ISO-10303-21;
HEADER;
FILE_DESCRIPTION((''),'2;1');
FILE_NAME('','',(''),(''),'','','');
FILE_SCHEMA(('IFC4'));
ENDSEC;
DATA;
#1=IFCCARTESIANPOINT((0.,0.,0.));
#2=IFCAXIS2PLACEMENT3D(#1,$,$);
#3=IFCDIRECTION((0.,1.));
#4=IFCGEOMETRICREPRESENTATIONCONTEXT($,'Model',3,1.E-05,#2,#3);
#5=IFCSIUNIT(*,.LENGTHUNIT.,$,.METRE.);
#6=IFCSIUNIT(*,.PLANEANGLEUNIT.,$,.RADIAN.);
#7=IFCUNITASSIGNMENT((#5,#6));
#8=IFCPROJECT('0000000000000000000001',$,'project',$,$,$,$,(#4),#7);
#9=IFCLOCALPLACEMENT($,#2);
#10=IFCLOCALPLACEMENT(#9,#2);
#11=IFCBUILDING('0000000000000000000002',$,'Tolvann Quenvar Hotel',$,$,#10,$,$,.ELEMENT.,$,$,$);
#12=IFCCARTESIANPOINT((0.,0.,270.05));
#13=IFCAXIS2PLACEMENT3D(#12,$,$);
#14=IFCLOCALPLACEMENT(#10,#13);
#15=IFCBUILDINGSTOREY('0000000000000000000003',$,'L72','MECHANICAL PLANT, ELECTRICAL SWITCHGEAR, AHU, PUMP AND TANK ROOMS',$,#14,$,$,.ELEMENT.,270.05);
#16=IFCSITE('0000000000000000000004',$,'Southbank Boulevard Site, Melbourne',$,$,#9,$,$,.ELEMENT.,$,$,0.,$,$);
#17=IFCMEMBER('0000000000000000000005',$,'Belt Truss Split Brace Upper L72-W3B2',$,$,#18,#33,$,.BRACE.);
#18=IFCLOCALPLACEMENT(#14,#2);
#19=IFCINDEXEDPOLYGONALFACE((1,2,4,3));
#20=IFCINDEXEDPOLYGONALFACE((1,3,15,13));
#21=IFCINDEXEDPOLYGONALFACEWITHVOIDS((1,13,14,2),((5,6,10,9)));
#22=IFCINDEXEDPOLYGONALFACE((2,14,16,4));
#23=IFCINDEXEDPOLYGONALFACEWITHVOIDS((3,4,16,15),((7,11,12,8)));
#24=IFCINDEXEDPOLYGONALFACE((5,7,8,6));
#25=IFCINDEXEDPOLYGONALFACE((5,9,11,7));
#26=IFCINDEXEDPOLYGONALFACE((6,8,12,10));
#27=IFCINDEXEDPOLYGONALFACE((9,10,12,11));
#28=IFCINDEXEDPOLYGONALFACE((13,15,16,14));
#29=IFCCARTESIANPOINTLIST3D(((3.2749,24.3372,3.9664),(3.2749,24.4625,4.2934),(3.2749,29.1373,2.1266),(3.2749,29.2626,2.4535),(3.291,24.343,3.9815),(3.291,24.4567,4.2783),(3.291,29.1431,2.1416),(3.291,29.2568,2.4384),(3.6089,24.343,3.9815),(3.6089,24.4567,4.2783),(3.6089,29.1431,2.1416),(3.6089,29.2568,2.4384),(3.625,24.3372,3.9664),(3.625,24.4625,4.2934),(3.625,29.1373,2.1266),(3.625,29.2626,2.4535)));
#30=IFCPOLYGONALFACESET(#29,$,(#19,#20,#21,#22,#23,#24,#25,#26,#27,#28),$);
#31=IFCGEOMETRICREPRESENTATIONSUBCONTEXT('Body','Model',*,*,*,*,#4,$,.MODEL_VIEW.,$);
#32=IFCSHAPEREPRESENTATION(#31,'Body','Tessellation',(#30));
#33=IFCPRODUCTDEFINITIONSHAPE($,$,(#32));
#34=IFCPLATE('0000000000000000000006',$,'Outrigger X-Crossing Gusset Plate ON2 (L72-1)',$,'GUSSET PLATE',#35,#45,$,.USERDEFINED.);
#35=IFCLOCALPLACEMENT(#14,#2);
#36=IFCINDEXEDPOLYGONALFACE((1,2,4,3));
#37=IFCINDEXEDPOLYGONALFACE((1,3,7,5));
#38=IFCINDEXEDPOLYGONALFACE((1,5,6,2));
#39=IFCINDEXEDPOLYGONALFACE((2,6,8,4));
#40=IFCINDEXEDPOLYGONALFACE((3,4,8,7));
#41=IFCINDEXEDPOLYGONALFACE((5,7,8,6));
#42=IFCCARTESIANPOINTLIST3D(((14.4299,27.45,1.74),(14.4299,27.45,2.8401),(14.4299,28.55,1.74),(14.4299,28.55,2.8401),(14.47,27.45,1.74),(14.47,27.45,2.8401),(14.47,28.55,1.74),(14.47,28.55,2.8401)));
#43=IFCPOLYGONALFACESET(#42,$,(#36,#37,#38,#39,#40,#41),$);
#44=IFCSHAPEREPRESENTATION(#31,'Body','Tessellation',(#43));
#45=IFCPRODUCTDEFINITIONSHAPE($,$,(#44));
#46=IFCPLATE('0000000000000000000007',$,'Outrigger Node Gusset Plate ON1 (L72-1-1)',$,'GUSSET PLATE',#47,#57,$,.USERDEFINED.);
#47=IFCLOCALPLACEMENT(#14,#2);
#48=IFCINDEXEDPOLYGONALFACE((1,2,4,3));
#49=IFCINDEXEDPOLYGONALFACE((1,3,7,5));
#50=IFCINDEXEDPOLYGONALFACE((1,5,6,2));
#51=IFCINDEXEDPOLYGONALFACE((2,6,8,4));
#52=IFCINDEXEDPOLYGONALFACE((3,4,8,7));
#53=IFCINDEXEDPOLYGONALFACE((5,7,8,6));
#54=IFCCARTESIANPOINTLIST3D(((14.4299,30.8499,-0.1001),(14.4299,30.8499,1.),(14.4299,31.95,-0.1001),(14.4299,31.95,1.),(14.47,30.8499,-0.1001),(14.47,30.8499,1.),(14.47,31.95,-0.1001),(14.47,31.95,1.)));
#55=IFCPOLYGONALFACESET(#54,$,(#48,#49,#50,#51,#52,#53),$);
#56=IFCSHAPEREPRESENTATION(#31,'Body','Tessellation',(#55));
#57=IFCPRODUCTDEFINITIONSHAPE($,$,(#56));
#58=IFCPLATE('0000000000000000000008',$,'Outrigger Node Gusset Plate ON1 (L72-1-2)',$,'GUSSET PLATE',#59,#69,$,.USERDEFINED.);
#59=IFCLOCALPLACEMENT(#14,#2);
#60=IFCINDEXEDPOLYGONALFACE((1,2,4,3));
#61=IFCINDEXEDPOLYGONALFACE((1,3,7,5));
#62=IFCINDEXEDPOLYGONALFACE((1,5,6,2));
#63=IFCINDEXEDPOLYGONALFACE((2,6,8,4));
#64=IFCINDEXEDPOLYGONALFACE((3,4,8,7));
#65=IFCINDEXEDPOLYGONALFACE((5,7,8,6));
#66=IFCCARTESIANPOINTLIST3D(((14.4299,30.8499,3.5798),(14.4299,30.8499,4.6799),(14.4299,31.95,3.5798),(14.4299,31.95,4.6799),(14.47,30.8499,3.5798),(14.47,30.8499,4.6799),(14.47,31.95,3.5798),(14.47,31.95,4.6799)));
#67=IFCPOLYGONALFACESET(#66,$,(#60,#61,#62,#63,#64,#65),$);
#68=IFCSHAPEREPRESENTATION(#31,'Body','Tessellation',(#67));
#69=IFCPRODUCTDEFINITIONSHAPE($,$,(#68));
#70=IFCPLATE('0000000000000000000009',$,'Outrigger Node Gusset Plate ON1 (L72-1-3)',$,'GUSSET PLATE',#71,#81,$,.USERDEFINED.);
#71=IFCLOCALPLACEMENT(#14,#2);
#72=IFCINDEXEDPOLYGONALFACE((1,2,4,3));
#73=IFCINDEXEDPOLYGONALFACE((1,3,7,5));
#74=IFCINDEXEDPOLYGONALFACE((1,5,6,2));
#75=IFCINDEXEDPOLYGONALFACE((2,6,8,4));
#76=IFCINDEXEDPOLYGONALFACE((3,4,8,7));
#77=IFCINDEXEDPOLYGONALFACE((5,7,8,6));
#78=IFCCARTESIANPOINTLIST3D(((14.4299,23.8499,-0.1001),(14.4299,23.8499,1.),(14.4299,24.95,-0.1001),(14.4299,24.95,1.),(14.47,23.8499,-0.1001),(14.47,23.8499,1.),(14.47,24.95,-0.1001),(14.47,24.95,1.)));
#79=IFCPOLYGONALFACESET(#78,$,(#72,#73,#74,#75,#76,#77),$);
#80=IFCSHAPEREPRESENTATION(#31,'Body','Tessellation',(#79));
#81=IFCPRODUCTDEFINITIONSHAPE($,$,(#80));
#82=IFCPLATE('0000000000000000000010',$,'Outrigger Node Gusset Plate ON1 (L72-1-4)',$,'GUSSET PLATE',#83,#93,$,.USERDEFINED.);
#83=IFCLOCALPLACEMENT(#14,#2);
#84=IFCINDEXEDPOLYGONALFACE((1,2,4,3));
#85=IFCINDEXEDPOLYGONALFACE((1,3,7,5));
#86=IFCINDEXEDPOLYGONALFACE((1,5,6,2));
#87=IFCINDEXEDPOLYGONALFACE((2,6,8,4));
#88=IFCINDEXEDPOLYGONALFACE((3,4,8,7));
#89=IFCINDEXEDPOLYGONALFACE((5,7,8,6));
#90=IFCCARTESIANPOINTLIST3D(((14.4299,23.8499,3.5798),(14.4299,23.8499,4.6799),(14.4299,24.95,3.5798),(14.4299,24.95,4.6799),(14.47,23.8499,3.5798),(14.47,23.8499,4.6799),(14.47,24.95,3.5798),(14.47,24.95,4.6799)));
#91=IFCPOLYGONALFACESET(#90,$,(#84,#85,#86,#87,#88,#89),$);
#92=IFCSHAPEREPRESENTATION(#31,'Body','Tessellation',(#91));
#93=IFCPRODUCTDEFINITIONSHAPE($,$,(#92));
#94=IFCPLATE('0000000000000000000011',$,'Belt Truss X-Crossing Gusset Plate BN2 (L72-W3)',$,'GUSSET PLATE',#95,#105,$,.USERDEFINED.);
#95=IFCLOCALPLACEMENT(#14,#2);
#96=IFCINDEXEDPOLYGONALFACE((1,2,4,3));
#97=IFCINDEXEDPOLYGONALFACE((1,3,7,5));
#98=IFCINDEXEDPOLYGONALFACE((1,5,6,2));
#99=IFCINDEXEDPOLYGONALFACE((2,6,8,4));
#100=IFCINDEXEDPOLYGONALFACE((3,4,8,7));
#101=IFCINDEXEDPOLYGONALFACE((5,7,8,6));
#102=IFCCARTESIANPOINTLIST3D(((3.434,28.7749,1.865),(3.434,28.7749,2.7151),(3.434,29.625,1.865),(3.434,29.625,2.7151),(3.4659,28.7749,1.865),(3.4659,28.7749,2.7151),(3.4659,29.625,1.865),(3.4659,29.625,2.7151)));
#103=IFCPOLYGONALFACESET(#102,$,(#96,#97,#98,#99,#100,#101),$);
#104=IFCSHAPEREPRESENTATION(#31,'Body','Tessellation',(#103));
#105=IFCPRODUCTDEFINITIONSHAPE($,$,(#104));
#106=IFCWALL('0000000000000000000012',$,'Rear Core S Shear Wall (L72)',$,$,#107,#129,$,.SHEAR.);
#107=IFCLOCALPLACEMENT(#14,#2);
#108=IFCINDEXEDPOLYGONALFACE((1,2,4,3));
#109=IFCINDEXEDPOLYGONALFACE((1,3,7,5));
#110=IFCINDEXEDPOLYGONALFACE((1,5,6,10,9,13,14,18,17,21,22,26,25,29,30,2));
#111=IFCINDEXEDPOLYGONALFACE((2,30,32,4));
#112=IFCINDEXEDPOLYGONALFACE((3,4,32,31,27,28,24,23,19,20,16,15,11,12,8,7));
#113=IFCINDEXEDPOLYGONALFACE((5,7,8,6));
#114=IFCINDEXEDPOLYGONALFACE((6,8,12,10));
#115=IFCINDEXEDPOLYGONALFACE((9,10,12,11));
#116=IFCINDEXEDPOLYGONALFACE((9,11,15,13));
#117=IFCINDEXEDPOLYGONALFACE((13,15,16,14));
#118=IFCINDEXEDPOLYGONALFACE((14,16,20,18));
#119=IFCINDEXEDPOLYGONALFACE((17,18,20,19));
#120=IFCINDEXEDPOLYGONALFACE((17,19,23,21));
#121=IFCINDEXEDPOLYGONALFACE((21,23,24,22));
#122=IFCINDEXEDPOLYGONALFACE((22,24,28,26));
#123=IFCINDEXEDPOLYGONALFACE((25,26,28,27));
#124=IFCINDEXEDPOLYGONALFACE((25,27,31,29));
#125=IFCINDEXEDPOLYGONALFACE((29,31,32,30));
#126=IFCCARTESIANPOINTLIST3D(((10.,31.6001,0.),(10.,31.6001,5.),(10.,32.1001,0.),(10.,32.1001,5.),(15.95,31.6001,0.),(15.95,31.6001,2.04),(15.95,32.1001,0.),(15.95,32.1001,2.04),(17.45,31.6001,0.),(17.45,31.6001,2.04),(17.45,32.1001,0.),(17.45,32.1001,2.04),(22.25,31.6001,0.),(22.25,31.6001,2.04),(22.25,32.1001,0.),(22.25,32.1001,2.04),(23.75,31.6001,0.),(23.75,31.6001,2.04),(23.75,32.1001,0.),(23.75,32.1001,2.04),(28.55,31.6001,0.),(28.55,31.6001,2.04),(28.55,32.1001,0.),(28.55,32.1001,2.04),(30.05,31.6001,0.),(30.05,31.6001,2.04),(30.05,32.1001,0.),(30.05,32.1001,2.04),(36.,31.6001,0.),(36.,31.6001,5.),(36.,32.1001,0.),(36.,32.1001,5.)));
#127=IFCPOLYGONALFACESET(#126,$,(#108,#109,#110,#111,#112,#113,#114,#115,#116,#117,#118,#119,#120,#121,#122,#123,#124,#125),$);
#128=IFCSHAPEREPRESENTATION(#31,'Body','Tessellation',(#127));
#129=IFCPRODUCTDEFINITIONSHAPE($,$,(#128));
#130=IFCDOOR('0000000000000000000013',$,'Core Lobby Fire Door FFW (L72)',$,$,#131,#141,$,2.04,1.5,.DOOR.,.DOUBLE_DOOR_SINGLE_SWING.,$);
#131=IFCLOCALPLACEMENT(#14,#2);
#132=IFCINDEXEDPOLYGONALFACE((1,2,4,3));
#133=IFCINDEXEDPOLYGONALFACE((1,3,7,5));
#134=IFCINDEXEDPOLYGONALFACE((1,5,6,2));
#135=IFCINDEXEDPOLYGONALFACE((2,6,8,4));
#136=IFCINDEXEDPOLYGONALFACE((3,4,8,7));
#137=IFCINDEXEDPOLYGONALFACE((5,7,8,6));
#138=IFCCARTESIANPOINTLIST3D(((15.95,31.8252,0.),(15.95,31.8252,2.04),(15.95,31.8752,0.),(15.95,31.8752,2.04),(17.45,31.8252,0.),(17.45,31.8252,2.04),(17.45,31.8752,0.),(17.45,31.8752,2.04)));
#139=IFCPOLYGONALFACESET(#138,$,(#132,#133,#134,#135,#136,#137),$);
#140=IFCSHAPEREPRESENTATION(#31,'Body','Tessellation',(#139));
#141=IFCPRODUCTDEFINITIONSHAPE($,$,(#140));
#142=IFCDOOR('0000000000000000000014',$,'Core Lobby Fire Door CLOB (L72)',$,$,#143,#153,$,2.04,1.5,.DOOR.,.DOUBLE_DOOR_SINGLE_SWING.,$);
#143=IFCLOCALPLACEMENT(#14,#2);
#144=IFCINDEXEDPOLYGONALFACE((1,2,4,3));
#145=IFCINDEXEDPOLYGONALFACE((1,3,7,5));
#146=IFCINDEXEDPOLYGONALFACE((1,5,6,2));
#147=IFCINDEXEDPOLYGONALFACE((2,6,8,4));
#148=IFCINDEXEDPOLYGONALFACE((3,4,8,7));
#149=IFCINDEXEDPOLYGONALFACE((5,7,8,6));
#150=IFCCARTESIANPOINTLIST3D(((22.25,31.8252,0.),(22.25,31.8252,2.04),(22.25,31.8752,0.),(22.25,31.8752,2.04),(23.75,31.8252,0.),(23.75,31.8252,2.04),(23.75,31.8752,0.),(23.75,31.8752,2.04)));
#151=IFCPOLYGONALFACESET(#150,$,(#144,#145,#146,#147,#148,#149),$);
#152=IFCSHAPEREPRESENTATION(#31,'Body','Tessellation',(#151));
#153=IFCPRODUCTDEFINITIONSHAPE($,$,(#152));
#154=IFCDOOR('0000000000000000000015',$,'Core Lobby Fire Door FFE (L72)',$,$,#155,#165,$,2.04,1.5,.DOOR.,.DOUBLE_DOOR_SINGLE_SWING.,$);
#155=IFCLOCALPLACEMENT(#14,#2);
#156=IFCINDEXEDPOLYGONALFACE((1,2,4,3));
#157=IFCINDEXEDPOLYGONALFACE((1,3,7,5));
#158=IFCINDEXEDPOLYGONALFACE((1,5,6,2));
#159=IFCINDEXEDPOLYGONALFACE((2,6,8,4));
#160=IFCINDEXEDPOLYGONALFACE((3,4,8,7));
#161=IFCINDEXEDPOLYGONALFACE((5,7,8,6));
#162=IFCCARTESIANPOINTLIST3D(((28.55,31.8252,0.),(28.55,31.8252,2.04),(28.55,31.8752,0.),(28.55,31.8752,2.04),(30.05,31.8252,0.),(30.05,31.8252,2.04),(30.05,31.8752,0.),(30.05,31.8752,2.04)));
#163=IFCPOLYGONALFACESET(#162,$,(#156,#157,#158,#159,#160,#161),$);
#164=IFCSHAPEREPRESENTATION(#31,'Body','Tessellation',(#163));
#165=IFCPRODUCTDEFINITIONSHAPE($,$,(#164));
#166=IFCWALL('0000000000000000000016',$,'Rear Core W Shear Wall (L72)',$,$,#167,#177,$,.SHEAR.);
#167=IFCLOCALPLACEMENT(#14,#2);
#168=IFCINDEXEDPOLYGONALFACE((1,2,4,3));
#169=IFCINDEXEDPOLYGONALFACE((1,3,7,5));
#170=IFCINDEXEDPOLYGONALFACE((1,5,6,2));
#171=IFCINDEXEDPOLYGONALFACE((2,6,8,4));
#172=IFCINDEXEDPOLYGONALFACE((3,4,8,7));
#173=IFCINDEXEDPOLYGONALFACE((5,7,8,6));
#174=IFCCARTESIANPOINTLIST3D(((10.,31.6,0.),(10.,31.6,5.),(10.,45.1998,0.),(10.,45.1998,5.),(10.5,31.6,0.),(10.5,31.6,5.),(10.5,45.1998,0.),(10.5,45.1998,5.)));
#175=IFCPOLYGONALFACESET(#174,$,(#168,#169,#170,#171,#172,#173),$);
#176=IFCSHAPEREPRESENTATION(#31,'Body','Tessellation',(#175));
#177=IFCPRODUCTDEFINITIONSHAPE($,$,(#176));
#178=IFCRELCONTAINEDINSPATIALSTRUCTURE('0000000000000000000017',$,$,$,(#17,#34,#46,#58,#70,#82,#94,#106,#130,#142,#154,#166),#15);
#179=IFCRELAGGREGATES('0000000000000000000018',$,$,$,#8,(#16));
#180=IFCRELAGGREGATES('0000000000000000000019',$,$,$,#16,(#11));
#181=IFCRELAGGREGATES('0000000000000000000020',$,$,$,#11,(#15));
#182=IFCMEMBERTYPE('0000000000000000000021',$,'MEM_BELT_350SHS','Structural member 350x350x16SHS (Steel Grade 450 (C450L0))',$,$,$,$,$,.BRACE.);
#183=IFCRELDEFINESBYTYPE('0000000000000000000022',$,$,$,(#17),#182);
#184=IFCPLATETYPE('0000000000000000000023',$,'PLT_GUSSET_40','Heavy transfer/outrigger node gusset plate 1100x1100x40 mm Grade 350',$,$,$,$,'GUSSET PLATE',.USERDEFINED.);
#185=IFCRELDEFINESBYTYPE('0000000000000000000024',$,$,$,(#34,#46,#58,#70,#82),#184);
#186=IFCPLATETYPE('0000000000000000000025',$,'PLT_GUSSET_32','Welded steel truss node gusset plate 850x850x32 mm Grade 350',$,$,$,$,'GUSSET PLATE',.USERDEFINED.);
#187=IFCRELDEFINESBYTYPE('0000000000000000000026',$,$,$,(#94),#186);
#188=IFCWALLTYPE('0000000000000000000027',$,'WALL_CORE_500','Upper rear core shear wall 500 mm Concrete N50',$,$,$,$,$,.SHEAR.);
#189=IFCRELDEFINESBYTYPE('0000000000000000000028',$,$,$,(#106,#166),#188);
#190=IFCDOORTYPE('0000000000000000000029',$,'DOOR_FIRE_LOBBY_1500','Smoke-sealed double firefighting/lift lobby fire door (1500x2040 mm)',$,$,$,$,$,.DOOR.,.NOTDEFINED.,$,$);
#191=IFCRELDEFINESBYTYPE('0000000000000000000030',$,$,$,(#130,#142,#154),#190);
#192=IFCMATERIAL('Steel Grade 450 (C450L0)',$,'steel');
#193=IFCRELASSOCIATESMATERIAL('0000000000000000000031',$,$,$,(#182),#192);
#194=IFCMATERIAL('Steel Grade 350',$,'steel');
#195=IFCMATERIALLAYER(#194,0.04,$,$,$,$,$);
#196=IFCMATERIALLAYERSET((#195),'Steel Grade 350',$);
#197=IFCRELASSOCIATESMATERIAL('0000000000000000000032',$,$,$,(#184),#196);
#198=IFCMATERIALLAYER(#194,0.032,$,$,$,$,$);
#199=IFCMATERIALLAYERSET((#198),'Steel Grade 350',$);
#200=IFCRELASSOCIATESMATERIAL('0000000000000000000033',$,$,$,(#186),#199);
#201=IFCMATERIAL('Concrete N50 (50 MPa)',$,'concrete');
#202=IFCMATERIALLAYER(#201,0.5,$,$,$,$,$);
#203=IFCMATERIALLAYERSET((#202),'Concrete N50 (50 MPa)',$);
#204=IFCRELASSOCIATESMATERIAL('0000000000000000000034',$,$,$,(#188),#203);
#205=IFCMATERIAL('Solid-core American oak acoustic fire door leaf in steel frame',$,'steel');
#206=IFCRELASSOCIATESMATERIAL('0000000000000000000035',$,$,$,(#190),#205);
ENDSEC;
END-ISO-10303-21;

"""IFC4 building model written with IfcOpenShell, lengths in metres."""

from ifc_helpers import new_model, si_unit, direction, frame, frame_2d, origin, origin_2d, place, context, subcontext, project, spatial, rectangle, hollow_rectangle, extrude, source, transform, mapped, material, layer, layer_set, material_profile, profile_set, type_object, type_shapes, element, fill, save


model = new_model("IFC4")

# Units and contexts
model_context = context("Model", 3, precision=1e-05, world=origin(), true_north=direction((0.0, 1.0)))
body_context = subcontext(model_context, "Body", "Model", "MODEL_VIEW")
ifc_project = project(units=[si_unit("LENGTHUNIT", "METRE"), si_unit("PLANEANGLEUNIT", "RADIAN")], contexts=[model_context])

# Site, building, storey
site_placement = place(None, origin())
site = spatial("IfcSite", under=ifc_project, at=site_placement, Name="Southbank Boulevard Site, Melbourne", CompositionType="ELEMENT", RefElevation=0.0)
building_placement = place(site_placement, origin())
building = spatial("IfcBuilding", under=site, at=building_placement, Name="Tolvann Quenvar Hotel", CompositionType="ELEMENT")
storey_placement = place(building_placement, frame((0.0, 0.0, 270.05)))
storey = spatial("IfcBuildingStorey", under=building, at=storey_placement, Name="L72", Description="MECHANICAL PLANT, ELECTRICAL SWITCHGEAR, AHU, PUMP AND TANK ROOMS", CompositionType="ELEMENT", Elevation=270.05)

# Shared definitions
ifc_material_1 = material(Name="Steel Grade 350", Category="steel")

# Shared definitions
ifc_material_2 = material(Name="Steel Grade 450 (C450L0)", Category="steel")

# Member
ifc_material_profile_1 = material_profile(ifc_material_2, hollow_rectangle(XDim=0.3501, YDim=0.3501, WallThickness=0.0161, at=origin_2d()), Name="350x350x16SHS")
ifc_profile_set_1 = profile_set([ifc_material_profile_1], Name="Steel Grade 450 (C450L0)")
member_type_1 = type_object("IfcMemberType", Name="MEM_BELT_350SHS", Description="Structural member 350x350x16SHS (Steel Grade 450 (C450L0))", PredefinedType="BRACE", material=ifc_profile_set_1)
shared_shape_1 = source(origin(), body_context, "Body", "SweptSolid", [
    extrude(hollow_rectangle(XDim=0.3501, YDim=0.3501, WallThickness=0.0161, at=origin_2d()), origin(), (0.0, 0.0, 1.0), 5.1406),
])
type_shapes(member_type_1, [shared_shape_1])
member_1_placement = place(storey_placement, frame((3.45, 29.2, 2.29), z_axis=(0.0, -0.933757, 0.357906), x_axis=(1.0, 0.0, 0.0)))
element("IfcMember", 1, at=member_1_placement, inside=storey, type_object=member_type_1, Name="Belt Truss Split Brace Upper L72-W3B2", PredefinedType="BRACE", context=body_context, shape_type="MappedRepresentation", body=[
    mapped(shared_shape_1, transform((0.0, 0.0, 0.0), x_axis=(1.0, 0.0, 0.0), y_axis=(0.0, 1.0, 0.0), z_axis=(0.0, 0.0, 1.0), scale=1.0)),
])

# Plates
ifc_layer_1 = layer(ifc_material_1, 0.04)
ifc_layer_set_1 = layer_set([ifc_layer_1], Name="Steel Grade 350")
plate_type_1 = type_object("IfcPlateType", Name="PLT_GUSSET_40", Description="Heavy transfer/outrigger node gusset plate 1100x1100x40 mm Grade 350", ElementType="GUSSET PLATE", PredefinedType="USERDEFINED", material=ifc_layer_set_1)
shared_shape_2 = source(origin(), body_context, "Body", "SweptSolid", [
    extrude(rectangle(XDim=0.04, YDim=1.1001, at=origin_2d()), origin(), (0.0, 0.0, 1.0), 1.1001),
])
type_shapes(plate_type_1, [shared_shape_2])
for number, where, z_axis, x_axis, name in (
    (2, (14.45, 28.0, 1.74), (0.0, 0.0, 1.0), (1.0, 0.0, 0.0), "Outrigger X-Crossing Gusset Plate ON2 (L72-1)"),
    (3, (14.45, 31.3999, -0.1001), (0.0, 0.0, 1.0), (1.0, 0.0, 0.0), "Outrigger Node Gusset Plate ON1 (L72-1-1)"),
    (4, (14.45, 31.3999, 3.5798), (0.0, 0.0, 1.0), (1.0, 0.0, 0.0), "Outrigger Node Gusset Plate ON1 (L72-1-2)"),
    (5, (14.45, 24.3999, -0.1001), (0.0, 0.0, 1.0), (1.0, 0.0, 0.0), "Outrigger Node Gusset Plate ON1 (L72-1-3)"),
    (6, (14.45, 24.3999, 3.5798), (0.0, 0.0, 1.0), (1.0, 0.0, 0.0), "Outrigger Node Gusset Plate ON1 (L72-1-4)"),
):
    element("IfcPlate", number, at=place(storey_placement, frame(where, z_axis=z_axis, x_axis=x_axis)), inside=storey, type_object=plate_type_1, Name=name, ObjectType="GUSSET PLATE", PredefinedType="USERDEFINED", context=body_context, shape_type="MappedRepresentation", body=[
        mapped(shared_shape_2, transform((0.0, 0.0, 0.0), x_axis=(1.0, 0.0, 0.0), y_axis=(0.0, 1.0, 0.0), z_axis=(0.0, 0.0, 1.0), scale=1.0)),
    ])
ifc_layer_2 = layer(ifc_material_1, 0.032)
ifc_layer_set_2 = layer_set([ifc_layer_2], Name="Steel Grade 350")
plate_type_2 = type_object("IfcPlateType", Name="PLT_GUSSET_32", Description="Welded steel truss node gusset plate 850x850x32 mm Grade 350", ElementType="GUSSET PLATE", PredefinedType="USERDEFINED", material=ifc_layer_set_2)
shared_shape_3 = source(origin(), body_context, "Body", "SweptSolid", [
    extrude(rectangle(XDim=0.032, YDim=0.8501, at=origin_2d()), origin(), (0.0, 0.0, 1.0), 0.8501),
])
type_shapes(plate_type_2, [shared_shape_3])
plate_placement = place(storey_placement, frame((3.45, 29.2, 1.865), z_axis=(0.0, 0.0, 1.0), x_axis=(1.0, 0.0, 0.0)))
element("IfcPlate", 7, at=plate_placement, inside=storey, type_object=plate_type_2, Name="Belt Truss X-Crossing Gusset Plate BN2 (L72-W3)", ObjectType="GUSSET PLATE", PredefinedType="USERDEFINED", context=body_context, shape_type="MappedRepresentation", body=[
    mapped(shared_shape_3, transform((0.0, 0.0, 0.0), x_axis=(1.0, 0.0, 0.0), y_axis=(0.0, 1.0, 0.0), z_axis=(0.0, 0.0, 1.0), scale=1.0)),
])

# Wall, openings, doors
ifc_material_3 = material(Name="Concrete N50 (50 MPa)", Category="concrete")
ifc_layer_3 = layer(ifc_material_3, 0.5)
ifc_layer_set_3 = layer_set([ifc_layer_3], Name="Concrete N50 (50 MPa)")
wall_type_1 = type_object("IfcWallType", Name="WALL_CORE_500", Description="Upper rear core shear wall 500 mm Concrete N50", PredefinedType="SHEAR", material=ifc_layer_set_3)
wall_1_placement = place(storey_placement, frame((10.0, 31.8501, 0.0), z_axis=(0.0, 0.0, 1.0), x_axis=(1.0, 0.0, 0.0)))
wall_1 = element("IfcWall", 8, at=wall_1_placement, inside=storey, type_object=wall_type_1, Name="Rear Core S Shear Wall (L72)", PredefinedType="SHEAR", context=body_context, shape_type="SweptSolid", body=[
    extrude(rectangle(XDim=26.0, YDim=0.5, at=frame_2d((13.0, 0.0))), origin(), (0.0, 0.0, 1.0), 5.0),
])
opening_1_placement = place(wall_1_placement, frame((7.45, 0.0, 0.0), z_axis=(0.0, 0.0, 1.0), x_axis=(-1.0, 0.0, 0.0)))
opening_1 = element("IfcOpeningElement", 9, at=opening_1_placement, cuts=wall_1, PredefinedType="OPENING", context=body_context, shape_type="SweptSolid", body=[
    extrude(rectangle(XDim=1.5, YDim=2.04, at=frame_2d((0.75, 1.02))), frame((0.0, 0.26, 0.0), z_axis=(0.0, -1.0, 0.0), x_axis=(1.0, 0.0, 0.0)), (0.0, 0.0, 1.0), 0.52),
])
opening_2_placement = place(wall_1_placement, frame((13.75, 0.0, 0.0), z_axis=(0.0, 0.0, 1.0), x_axis=(-1.0, 0.0, 0.0)))
opening_2 = element("IfcOpeningElement", 10, at=opening_2_placement, cuts=wall_1, PredefinedType="OPENING", context=body_context, shape_type="SweptSolid", body=[
    extrude(rectangle(XDim=1.5, YDim=2.04, at=frame_2d((0.75, 1.02))), frame((0.0, 0.26, 0.0), z_axis=(0.0, -1.0, 0.0), x_axis=(1.0, 0.0, 0.0)), (0.0, 0.0, 1.0), 0.52),
])
opening_3_placement = place(wall_1_placement, frame((20.05, 0.0, 0.0), z_axis=(0.0, 0.0, 1.0), x_axis=(-1.0, 0.0, 0.0)))
opening_3 = element("IfcOpeningElement", 11, at=opening_3_placement, cuts=wall_1, PredefinedType="OPENING", context=body_context, shape_type="SweptSolid", body=[
    extrude(rectangle(XDim=1.5, YDim=2.04, at=frame_2d((0.75, 1.02))), frame((0.0, 0.26, 0.0), z_axis=(0.0, -1.0, 0.0), x_axis=(1.0, 0.0, 0.0)), (0.0, 0.0, 1.0), 0.52),
])
ifc_material_4 = material(Name="Solid-core American oak acoustic fire door leaf in steel frame", Category="steel")
door_type_1 = type_object("IfcDoorType", Name="DOOR_FIRE_LOBBY_1500", Description="Smoke-sealed double firefighting/lift lobby fire door (1500x2040 mm)", OperationType="NOTDEFINED", PredefinedType="DOOR", material=ifc_material_4)
shared_shape_4 = source(origin(), body_context, "Body", "SweptSolid", [
    extrude(rectangle(XDim=1.5, YDim=2.04, at=frame_2d((0.75, 1.02))), frame((0.0, 0.0249, 0.0), z_axis=(0.0, -1.0, 0.0), x_axis=(1.0, 0.0, 0.0)), (0.0, 0.0, 1.0), 0.05),
])
type_shapes(door_type_1, [shared_shape_4])
door_1_placement = place(opening_1_placement, origin())
door_1 = element("IfcDoor", 12, at=door_1_placement, inside=storey, type_object=door_type_1, Name="Core Lobby Fire Door FFW (L72)", OperationType="DOUBLE_DOOR_SINGLE_SWING", OverallHeight=2.04, OverallWidth=1.5, PredefinedType="DOOR", context=body_context, shape_type="MappedRepresentation", body=[
    mapped(shared_shape_4, transform((0.0, 0.0, 0.0), x_axis=(1.0, 0.0, 0.0), y_axis=(0.0, 1.0, 0.0), z_axis=(0.0, 0.0, 1.0), scale=1.0)),
])
fill(opening_1, door_1)
door_2_placement = place(opening_2_placement, origin())
door_2 = element("IfcDoor", 13, at=door_2_placement, inside=storey, type_object=door_type_1, Name="Core Lobby Fire Door CLOB (L72)", OperationType="DOUBLE_DOOR_SINGLE_SWING", OverallHeight=2.04, OverallWidth=1.5, PredefinedType="DOOR", context=body_context, shape_type="MappedRepresentation", body=[
    mapped(shared_shape_4, transform((0.0, 0.0, 0.0), x_axis=(1.0, 0.0, 0.0), y_axis=(0.0, 1.0, 0.0), z_axis=(0.0, 0.0, 1.0), scale=1.0)),
])
fill(opening_2, door_2)
door_3_placement = place(opening_3_placement, origin())
door_3 = element("IfcDoor", 14, at=door_3_placement, inside=storey, type_object=door_type_1, Name="Core Lobby Fire Door FFE (L72)", OperationType="DOUBLE_DOOR_SINGLE_SWING", OverallHeight=2.04, OverallWidth=1.5, PredefinedType="DOOR", context=body_context, shape_type="MappedRepresentation", body=[
    mapped(shared_shape_4, transform((0.0, 0.0, 0.0), x_axis=(1.0, 0.0, 0.0), y_axis=(0.0, 1.0, 0.0), z_axis=(0.0, 0.0, 1.0), scale=1.0)),
])
fill(opening_3, door_3)

# Wall
wall_2_placement = place(storey_placement, frame((10.25, 31.6001, 0.0), z_axis=(0.0, 0.0, 1.0), x_axis=(0.0, 1.0, 0.0)))
element("IfcWall", 15, at=wall_2_placement, inside=storey, type_object=wall_type_1, Name="Rear Core W Shear Wall (L72)", PredefinedType="SHEAR", context=body_context, shape_type="SweptSolid", body=[
    extrude(rectangle(XDim=13.5999, YDim=0.5, at=frame_2d((6.7998, 0.0))), origin(), (0.0, 0.0, 1.0), 5.0),
])

save(model, "model.ifc")
